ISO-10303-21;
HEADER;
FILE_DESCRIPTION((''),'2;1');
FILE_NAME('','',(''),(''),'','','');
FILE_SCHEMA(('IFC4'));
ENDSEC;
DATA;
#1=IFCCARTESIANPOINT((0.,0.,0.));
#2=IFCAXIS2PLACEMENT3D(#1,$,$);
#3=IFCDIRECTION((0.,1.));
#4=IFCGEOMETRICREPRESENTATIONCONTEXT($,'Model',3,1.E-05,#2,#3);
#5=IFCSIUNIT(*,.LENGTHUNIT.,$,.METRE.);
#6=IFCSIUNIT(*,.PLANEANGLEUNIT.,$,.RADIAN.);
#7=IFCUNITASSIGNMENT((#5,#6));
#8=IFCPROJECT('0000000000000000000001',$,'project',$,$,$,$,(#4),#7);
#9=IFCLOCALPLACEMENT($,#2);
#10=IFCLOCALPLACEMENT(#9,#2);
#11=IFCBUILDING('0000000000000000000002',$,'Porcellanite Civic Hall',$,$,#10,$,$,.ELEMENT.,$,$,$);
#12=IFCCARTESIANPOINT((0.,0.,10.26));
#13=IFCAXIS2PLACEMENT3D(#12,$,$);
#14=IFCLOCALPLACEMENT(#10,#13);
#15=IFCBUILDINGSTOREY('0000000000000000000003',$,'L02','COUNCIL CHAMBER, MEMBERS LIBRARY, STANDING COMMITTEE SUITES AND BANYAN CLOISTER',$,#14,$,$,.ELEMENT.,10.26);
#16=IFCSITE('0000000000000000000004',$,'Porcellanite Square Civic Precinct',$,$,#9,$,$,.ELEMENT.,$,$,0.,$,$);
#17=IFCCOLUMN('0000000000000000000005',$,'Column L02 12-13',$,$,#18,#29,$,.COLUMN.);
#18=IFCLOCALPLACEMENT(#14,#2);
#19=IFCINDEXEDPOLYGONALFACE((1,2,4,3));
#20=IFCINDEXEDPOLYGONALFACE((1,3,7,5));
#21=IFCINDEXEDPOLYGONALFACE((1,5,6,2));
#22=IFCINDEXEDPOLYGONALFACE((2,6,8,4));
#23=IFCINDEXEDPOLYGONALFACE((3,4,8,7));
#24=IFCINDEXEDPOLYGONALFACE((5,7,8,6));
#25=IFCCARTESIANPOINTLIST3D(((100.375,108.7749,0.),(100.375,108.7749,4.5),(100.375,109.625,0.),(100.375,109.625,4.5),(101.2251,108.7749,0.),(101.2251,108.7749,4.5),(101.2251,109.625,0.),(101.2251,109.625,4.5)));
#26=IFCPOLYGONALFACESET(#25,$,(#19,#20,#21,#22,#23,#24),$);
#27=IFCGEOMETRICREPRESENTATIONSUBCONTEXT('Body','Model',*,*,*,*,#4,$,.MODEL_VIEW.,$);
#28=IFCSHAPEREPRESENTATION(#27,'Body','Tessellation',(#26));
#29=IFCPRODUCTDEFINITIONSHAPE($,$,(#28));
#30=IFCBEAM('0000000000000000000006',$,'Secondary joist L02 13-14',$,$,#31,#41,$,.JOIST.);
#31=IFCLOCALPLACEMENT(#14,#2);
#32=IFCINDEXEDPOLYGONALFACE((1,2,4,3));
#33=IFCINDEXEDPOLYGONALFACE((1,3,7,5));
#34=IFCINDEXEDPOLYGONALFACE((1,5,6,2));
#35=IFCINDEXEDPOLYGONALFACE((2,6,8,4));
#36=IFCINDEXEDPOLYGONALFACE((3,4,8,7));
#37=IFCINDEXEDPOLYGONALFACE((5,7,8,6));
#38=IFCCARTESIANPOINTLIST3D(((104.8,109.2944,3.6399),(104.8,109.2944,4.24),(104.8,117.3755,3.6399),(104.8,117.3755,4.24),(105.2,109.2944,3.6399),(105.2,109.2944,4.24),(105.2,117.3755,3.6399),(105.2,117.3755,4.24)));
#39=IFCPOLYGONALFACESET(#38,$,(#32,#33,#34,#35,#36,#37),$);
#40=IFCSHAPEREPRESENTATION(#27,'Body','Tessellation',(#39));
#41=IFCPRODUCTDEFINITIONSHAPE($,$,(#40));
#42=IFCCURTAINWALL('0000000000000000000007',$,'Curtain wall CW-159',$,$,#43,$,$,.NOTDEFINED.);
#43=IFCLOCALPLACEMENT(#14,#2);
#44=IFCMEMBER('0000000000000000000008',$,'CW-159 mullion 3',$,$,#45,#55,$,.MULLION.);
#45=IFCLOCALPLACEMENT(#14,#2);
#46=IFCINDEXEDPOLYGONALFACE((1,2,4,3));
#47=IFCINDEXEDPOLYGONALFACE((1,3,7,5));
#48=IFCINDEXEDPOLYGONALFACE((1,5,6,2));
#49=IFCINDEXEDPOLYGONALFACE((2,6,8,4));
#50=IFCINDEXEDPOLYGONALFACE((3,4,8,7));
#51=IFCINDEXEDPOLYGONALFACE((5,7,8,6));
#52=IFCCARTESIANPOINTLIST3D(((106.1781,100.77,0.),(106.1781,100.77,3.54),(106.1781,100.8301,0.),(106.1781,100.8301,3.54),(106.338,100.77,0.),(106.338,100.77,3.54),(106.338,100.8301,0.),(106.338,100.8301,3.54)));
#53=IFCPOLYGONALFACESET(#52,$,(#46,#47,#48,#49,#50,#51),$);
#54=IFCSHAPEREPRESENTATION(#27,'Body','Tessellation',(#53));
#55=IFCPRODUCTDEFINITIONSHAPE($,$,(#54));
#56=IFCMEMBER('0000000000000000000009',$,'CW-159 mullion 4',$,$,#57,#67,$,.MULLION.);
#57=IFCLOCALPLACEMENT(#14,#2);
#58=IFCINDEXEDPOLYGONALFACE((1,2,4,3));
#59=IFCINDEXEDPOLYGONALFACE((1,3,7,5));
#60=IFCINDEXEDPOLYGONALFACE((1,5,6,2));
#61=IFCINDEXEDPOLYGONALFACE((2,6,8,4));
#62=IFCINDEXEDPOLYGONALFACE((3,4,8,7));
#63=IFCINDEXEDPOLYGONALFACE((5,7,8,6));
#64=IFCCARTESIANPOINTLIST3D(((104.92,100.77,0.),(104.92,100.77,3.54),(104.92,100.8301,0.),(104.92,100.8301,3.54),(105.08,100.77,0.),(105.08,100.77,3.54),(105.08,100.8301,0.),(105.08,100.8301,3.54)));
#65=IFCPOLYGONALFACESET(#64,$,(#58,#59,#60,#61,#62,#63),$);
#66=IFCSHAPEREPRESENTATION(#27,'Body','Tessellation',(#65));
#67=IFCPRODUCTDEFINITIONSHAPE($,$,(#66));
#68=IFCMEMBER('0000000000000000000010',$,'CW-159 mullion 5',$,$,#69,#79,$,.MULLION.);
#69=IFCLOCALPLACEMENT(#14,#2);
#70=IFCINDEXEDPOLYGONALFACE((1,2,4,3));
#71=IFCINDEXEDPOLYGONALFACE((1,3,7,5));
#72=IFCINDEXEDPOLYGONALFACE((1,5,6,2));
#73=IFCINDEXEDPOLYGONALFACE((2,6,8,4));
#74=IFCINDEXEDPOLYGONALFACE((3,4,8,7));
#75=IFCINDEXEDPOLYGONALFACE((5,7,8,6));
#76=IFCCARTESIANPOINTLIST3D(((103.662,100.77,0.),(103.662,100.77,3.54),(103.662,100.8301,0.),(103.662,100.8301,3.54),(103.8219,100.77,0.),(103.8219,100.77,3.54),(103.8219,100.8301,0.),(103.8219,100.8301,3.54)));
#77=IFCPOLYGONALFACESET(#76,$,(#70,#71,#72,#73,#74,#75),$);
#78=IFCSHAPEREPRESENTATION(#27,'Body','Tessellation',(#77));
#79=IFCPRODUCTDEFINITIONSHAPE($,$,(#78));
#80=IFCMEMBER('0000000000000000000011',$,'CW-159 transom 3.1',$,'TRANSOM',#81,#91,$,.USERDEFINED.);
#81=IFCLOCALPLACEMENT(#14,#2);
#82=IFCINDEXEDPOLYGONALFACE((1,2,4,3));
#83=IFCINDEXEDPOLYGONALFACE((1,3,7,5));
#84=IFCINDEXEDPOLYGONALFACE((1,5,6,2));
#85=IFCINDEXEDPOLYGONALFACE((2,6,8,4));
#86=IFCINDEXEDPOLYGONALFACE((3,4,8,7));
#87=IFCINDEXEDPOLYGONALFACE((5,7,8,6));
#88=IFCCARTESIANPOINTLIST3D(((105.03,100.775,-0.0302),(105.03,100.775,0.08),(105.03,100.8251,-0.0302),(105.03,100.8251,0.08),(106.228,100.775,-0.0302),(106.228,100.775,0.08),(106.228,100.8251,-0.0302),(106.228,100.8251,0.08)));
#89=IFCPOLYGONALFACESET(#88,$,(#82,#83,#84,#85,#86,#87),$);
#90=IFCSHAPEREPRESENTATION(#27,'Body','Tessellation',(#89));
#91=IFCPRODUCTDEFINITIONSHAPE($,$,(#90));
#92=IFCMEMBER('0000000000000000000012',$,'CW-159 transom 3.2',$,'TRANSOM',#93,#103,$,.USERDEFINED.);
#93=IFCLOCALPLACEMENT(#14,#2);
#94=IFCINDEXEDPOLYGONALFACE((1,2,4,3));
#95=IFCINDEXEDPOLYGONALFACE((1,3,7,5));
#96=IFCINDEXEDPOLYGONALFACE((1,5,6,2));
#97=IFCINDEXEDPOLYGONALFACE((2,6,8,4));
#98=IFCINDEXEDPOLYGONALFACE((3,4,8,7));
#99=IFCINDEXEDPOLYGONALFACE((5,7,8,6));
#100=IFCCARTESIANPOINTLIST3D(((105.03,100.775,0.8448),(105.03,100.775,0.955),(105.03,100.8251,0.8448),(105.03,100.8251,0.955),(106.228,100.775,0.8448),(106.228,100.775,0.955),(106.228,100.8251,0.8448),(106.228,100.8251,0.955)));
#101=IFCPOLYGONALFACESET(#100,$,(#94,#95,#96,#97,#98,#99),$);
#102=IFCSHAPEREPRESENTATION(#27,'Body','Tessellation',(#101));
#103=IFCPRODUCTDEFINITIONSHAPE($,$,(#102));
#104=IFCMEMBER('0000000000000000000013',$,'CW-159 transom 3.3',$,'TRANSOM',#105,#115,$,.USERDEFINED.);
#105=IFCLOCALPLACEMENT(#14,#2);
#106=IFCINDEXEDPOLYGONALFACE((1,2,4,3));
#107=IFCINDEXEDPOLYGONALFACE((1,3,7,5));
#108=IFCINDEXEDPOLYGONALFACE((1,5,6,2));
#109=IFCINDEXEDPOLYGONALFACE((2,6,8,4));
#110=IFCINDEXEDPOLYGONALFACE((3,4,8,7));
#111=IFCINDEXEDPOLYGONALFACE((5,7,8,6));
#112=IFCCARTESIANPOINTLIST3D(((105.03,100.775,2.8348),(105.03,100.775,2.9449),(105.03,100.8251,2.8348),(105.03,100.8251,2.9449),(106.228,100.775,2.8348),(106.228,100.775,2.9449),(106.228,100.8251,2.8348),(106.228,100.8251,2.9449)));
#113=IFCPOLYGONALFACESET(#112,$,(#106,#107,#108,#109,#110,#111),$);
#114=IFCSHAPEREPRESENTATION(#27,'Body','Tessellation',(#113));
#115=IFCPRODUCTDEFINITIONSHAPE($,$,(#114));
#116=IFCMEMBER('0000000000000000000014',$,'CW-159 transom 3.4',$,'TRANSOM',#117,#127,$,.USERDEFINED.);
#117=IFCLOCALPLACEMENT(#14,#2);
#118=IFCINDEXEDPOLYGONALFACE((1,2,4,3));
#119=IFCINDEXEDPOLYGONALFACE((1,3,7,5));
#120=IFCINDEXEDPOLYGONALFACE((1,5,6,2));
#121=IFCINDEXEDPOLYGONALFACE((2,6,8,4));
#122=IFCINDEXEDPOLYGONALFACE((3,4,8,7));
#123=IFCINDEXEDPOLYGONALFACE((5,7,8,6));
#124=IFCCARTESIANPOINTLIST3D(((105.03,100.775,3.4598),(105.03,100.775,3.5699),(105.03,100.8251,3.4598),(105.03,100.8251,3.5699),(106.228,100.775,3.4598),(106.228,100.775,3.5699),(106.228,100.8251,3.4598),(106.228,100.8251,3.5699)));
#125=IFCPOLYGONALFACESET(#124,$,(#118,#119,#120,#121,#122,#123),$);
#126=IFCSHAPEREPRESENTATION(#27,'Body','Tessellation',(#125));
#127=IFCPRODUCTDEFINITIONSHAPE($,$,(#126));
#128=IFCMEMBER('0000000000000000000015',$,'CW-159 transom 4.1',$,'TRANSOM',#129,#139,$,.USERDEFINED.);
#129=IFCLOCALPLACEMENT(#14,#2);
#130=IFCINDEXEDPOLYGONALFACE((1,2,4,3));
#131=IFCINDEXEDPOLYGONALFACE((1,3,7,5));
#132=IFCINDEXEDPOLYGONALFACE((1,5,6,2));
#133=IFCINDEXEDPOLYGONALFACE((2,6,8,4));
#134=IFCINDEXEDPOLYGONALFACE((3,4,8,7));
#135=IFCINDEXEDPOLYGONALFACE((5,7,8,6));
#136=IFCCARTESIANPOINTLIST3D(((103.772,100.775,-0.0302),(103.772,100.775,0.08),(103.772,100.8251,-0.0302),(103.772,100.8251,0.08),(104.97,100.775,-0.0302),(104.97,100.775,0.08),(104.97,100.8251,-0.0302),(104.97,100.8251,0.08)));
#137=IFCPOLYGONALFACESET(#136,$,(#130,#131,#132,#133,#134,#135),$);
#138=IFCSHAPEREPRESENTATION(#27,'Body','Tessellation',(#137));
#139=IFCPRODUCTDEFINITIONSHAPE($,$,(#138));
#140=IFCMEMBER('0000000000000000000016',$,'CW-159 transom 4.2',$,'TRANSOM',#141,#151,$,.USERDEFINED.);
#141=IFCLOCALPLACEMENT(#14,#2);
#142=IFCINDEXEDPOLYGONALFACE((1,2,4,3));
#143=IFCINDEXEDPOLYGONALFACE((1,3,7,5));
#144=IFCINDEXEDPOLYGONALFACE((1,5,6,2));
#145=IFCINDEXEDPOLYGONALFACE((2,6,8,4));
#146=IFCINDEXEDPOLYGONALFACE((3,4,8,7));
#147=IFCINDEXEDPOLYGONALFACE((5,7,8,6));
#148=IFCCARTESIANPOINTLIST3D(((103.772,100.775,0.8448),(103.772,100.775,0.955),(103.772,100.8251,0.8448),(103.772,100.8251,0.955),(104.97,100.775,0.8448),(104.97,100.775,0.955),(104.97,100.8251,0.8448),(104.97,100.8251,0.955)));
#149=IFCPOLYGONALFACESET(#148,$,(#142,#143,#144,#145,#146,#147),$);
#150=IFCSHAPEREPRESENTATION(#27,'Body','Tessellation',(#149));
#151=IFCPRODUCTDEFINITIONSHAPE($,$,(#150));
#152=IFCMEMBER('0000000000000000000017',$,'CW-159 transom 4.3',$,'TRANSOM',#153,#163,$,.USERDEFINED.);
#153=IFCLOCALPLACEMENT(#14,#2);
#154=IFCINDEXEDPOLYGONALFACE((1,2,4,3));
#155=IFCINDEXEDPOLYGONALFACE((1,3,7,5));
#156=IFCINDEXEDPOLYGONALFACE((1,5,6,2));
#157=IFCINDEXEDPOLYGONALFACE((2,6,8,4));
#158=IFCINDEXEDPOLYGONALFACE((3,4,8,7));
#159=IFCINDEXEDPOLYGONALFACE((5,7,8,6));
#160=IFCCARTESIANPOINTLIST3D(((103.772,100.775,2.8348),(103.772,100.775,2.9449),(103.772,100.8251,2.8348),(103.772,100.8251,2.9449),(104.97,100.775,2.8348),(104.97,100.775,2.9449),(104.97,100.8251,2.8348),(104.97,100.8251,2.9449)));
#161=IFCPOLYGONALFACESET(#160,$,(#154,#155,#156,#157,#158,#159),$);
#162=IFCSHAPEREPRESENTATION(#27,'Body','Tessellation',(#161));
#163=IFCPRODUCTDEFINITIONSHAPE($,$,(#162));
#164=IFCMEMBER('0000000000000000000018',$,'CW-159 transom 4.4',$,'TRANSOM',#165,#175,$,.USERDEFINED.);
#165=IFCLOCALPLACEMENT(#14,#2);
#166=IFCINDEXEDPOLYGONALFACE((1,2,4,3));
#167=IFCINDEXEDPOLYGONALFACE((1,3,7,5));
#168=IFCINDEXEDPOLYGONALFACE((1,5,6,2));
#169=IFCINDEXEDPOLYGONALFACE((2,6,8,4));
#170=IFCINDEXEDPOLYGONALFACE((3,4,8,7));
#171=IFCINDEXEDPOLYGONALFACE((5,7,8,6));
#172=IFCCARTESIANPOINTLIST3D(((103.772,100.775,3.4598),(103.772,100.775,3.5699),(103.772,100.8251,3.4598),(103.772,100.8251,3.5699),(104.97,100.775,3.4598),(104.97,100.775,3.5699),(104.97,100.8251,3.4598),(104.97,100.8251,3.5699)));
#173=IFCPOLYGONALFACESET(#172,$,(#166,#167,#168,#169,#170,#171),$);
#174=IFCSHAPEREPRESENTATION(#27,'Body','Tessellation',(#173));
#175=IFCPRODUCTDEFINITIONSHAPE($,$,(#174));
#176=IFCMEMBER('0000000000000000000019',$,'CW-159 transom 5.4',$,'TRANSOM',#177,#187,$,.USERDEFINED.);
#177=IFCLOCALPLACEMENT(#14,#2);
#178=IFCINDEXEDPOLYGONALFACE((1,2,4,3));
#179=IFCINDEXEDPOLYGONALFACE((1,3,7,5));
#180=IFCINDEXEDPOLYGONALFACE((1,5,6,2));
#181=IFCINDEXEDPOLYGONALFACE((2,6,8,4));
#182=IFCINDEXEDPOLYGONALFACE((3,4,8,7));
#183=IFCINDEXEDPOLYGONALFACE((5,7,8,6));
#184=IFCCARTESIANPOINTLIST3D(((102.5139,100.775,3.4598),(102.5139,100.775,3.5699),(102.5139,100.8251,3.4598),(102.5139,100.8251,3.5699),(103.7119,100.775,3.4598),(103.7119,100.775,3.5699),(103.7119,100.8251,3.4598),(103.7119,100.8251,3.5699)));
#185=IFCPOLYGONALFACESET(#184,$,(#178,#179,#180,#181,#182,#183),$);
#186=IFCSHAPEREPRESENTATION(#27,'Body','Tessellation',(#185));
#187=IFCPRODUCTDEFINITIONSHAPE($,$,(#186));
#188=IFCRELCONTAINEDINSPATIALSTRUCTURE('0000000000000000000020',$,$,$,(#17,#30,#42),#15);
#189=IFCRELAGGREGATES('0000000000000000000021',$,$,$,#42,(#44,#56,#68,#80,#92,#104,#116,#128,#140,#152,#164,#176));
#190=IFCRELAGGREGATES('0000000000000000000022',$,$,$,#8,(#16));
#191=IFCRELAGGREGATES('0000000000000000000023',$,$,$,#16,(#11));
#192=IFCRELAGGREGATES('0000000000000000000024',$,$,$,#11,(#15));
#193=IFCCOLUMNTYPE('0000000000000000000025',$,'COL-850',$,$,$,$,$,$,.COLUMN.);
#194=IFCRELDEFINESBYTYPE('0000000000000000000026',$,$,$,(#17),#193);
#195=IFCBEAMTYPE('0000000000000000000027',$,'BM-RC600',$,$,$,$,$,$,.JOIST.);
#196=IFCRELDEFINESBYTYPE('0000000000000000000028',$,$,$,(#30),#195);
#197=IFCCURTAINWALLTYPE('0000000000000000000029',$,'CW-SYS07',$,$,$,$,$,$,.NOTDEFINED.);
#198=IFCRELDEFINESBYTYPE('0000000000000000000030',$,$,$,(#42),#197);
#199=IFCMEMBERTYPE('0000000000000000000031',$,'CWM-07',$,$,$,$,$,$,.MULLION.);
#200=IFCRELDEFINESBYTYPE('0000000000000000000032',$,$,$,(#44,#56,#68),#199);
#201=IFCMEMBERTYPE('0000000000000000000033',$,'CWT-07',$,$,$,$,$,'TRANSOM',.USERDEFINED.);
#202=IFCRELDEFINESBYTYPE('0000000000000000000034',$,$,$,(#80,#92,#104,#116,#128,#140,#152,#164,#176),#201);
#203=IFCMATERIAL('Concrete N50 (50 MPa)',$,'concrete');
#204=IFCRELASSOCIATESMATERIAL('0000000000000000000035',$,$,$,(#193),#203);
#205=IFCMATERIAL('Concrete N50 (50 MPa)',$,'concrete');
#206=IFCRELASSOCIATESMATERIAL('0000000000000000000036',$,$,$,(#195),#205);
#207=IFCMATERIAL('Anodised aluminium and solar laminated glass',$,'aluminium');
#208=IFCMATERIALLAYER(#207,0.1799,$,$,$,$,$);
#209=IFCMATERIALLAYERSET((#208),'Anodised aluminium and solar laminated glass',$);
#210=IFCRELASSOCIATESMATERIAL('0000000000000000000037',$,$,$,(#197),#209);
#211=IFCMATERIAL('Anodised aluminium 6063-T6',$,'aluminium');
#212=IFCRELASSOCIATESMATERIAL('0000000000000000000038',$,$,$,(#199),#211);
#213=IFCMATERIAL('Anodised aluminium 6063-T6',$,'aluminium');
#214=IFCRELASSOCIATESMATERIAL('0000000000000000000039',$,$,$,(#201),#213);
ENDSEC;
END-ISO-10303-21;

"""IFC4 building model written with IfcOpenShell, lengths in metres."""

from ifc_helpers import new_model, si_unit, direction, frame, origin, origin_2d, place, context, subcontext, project, spatial, rectangle, extrude, material, layer, layer_set, material_profile, profile_set, type_object, element, aggregate, save


model = new_model("IFC4")

# Units and contexts
model_context = context("Model", 3, precision=1e-05, world=origin(), true_north=direction((0.0, 1.0)))
body_context = subcontext(model_context, "Body", "Model", "MODEL_VIEW")
ifc_project = project(units=[si_unit("LENGTHUNIT", "METRE"), si_unit("PLANEANGLEUNIT", "RADIAN")], contexts=[model_context])

# Site, building, storey
site_placement = place(None, origin())
site = spatial("IfcSite", under=ifc_project, at=site_placement, Name="Porcellanite Square Civic Precinct", CompositionType="ELEMENT", RefElevation=0.0)
building_placement = place(site_placement, origin())
building = spatial("IfcBuilding", under=site, at=building_placement, Name="Porcellanite Civic Hall", CompositionType="ELEMENT")
storey_placement = place(building_placement, frame((0.0, 0.0, 10.26)))
storey = spatial("IfcBuildingStorey", under=building, at=storey_placement, Name="L02", Description="COUNCIL CHAMBER, MEMBERS LIBRARY, STANDING COMMITTEE SUITES AND BANYAN CLOISTER", CompositionType="ELEMENT", Elevation=10.26)

# Column
ifc_material_1 = material(Name="Concrete N50 (50 MPa)", Category="concrete")
ifc_material_profile_1 = material_profile(ifc_material_1, rectangle(XDim=0.8501, YDim=0.8501, at=origin_2d()), Name="RC-850x850")
ifc_profile_set_1 = profile_set([ifc_material_profile_1], Name="Concrete N50 (50 MPa)")
column_type = type_object("IfcColumnType", Name="COL-850", PredefinedType="COLUMN", material=ifc_profile_set_1)
column_placement = place(storey_placement, frame((100.8, 109.2, 0.0), z_axis=(0.0, 0.0, 1.0), x_axis=(1.0, 0.0, 0.0)))
element("IfcColumn", 1, at=column_placement, inside=storey, type_object=column_type, Name="Column L02 12-13", PredefinedType="COLUMN", context=body_context, shape_type="SweptSolid", body=[
    extrude(rectangle(XDim=0.8501, YDim=0.8501, at=origin_2d()), origin(), (0.0, 0.0, 1.0), 4.5),
])

# Beam
ifc_material_2 = material(Name="Concrete N50 (50 MPa)", Category="concrete")
ifc_material_profile_2 = material_profile(ifc_material_2, rectangle(XDim=0.3999, YDim=0.6001, at=origin_2d()), Name="RC-400x600")
ifc_profile_set_2 = profile_set([ifc_material_profile_2], Name="Concrete N50 (50 MPa)")
beam_type_1 = type_object("IfcBeamType", Name="BM-RC600", PredefinedType="JOIST", material=ifc_profile_set_2)
beam_1_placement = place(storey_placement, frame((105.0, 109.2944, 3.9399), z_axis=(0.0, 1.0, 0.0), x_axis=(-1.0, 0.0, 0.0)))
element("IfcBeam", 2, at=beam_1_placement, inside=storey, type_object=beam_type_1, Name="Secondary joist L02 13-14", PredefinedType="JOIST", context=body_context, shape_type="SweptSolid", body=[
    extrude(rectangle(XDim=0.3999, YDim=0.6001, at=origin_2d()), origin(), (0.0, 0.0, 1.0), 8.0811),
])

# Curtain wall, members
ifc_material_3 = material(Name="Anodised aluminium and solar laminated glass", Category="aluminium")
ifc_layer_1 = layer(ifc_material_3, 0.1799)
ifc_layer_set_1 = layer_set([ifc_layer_1], Name="Anodised aluminium and solar laminated glass")
curtain_wall_type = type_object("IfcCurtainWallType", Name="CW-SYS07", PredefinedType="NOTDEFINED", material=ifc_layer_set_1)
curtain_wall_placement = place(storey_placement, origin())
curtain_wall = element("IfcCurtainWall", 3, at=curtain_wall_placement, inside=storey, type_object=curtain_wall_type, Name="Curtain wall CW-159", PredefinedType="NOTDEFINED")
ifc_material_4 = material(Name="Anodised aluminium 6063-T6", Category="aluminium")
ifc_material_profile_3 = material_profile(ifc_material_4, rectangle(XDim=0.0601, YDim=0.1599, at=origin_2d()), Name="AL-60x160")
ifc_profile_set_3 = profile_set([ifc_material_profile_3], Name="Anodised aluminium 6063-T6")
member_type_1 = type_object("IfcMemberType", Name="CWM-07", PredefinedType="MULLION", material=ifc_profile_set_3)
member_1_placement = place(storey_placement, frame((106.2581, 100.8, 0.0), z_axis=(0.0, 0.0, 1.0), x_axis=(0.0, -1.0, 0.0)))
member_1 = element("IfcMember", 4, at=member_1_placement, type_object=member_type_1, Name="CW-159 mullion 3", PredefinedType="MULLION", context=body_context, shape_type="SweptSolid", body=[
    extrude(rectangle(XDim=0.0601, YDim=0.1599, at=origin_2d()), origin(), (0.0, 0.0, 1.0), 3.54),
])
member_2_placement = place(storey_placement, frame((105.0, 100.8, 0.0), z_axis=(0.0, 0.0, 1.0), x_axis=(0.0, -1.0, 0.0)))
member_2 = element("IfcMember", 5, at=member_2_placement, type_object=member_type_1, Name="CW-159 mullion 4", PredefinedType="MULLION", context=body_context, shape_type="SweptSolid", body=[
    extrude(rectangle(XDim=0.0601, YDim=0.1599, at=origin_2d()), origin(), (0.0, 0.0, 1.0), 3.54),
])
member_3_placement = place(storey_placement, frame((103.7419, 100.8, 0.0), z_axis=(0.0, 0.0, 1.0), x_axis=(0.0, -1.0, 0.0)))
member_3 = element("IfcMember", 6, at=member_3_placement, type_object=member_type_1, Name="CW-159 mullion 5", PredefinedType="MULLION", context=body_context, shape_type="SweptSolid", body=[
    extrude(rectangle(XDim=0.0601, YDim=0.1599, at=origin_2d()), origin(), (0.0, 0.0, 1.0), 3.54),
])
ifc_material_5 = material(Name="Anodised aluminium 6063-T6", Category="aluminium")
ifc_material_profile_4 = material_profile(ifc_material_5, rectangle(XDim=0.05, YDim=0.1101, at=origin_2d()), Name="AL-50x110")
ifc_profile_set_4 = profile_set([ifc_material_profile_4], Name="Anodised aluminium 6063-T6")
member_type_2 = type_object("IfcMemberType", Name="CWT-07", ElementType="TRANSOM", PredefinedType="USERDEFINED", material=ifc_profile_set_4)
member_4_placement = place(storey_placement, frame((106.228, 100.8, 0.0249), z_axis=(-1.0, 0.0, 0.0), x_axis=(0.0, -1.0, 0.0)))
member_4 = element("IfcMember", 7, at=member_4_placement, type_object=member_type_2, Name="CW-159 transom 3.1", ObjectType="TRANSOM", PredefinedType="USERDEFINED", context=body_context, shape_type="SweptSolid", body=[
    extrude(rectangle(XDim=0.05, YDim=0.1101, at=origin_2d()), origin(), (0.0, 0.0, 1.0), 1.198),
])
member_5_placement = place(storey_placement, frame((106.228, 100.8, 0.8999), z_axis=(-1.0, 0.0, 0.0), x_axis=(0.0, -1.0, 0.0)))
member_5 = element("IfcMember", 8, at=member_5_placement, type_object=member_type_2, Name="CW-159 transom 3.2", ObjectType="TRANSOM", PredefinedType="USERDEFINED", context=body_context, shape_type="SweptSolid", body=[
    extrude(rectangle(XDim=0.05, YDim=0.1101, at=origin_2d()), origin(), (0.0, 0.0, 1.0), 1.198),
])
member_6_placement = place(storey_placement, frame((106.228, 100.8, 2.8899), z_axis=(-1.0, 0.0, 0.0), x_axis=(0.0, -1.0, 0.0)))
member_6 = element("IfcMember", 9, at=member_6_placement, type_object=member_type_2, Name="CW-159 transom 3.3", ObjectType="TRANSOM", PredefinedType="USERDEFINED", context=body_context, shape_type="SweptSolid", body=[
    extrude(rectangle(XDim=0.05, YDim=0.1101, at=origin_2d()), origin(), (0.0, 0.0, 1.0), 1.198),
])
member_7_placement = place(storey_placement, frame((106.228, 100.8, 3.5149), z_axis=(-1.0, 0.0, 0.0), x_axis=(0.0, -1.0, 0.0)))
member_7 = element("IfcMember", 10, at=member_7_placement, type_object=member_type_2, Name="CW-159 transom 3.4", ObjectType="TRANSOM", PredefinedType="USERDEFINED", context=body_context, shape_type="SweptSolid", body=[
    extrude(rectangle(XDim=0.05, YDim=0.1101, at=origin_2d()), origin(), (0.0, 0.0, 1.0), 1.198),
])
member_8_placement = place(storey_placement, frame((104.97, 100.8, 0.0249), z_axis=(-1.0, 0.0, 0.0), x_axis=(0.0, -1.0, 0.0)))
member_8 = element("IfcMember", 11, at=member_8_placement, type_object=member_type_2, Name="CW-159 transom 4.1", ObjectType="TRANSOM", PredefinedType="USERDEFINED", context=body_context, shape_type="SweptSolid", body=[
    extrude(rectangle(XDim=0.05, YDim=0.1101, at=origin_2d()), origin(), (0.0, 0.0, 1.0), 1.198),
])
member_9_placement = place(storey_placement, frame((104.97, 100.8, 0.8999), z_axis=(-1.0, 0.0, 0.0), x_axis=(0.0, -1.0, 0.0)))
member_9 = element("IfcMember", 12, at=member_9_placement, type_object=member_type_2, Name="CW-159 transom 4.2", ObjectType="TRANSOM", PredefinedType="USERDEFINED", context=body_context, shape_type="SweptSolid", body=[
    extrude(rectangle(XDim=0.05, YDim=0.1101, at=origin_2d()), origin(), (0.0, 0.0, 1.0), 1.198),
])
member_10_placement = place(storey_placement, frame((104.97, 100.8, 2.8899), z_axis=(-1.0, 0.0, 0.0), x_axis=(0.0, -1.0, 0.0)))
member_10 = element("IfcMember", 13, at=member_10_placement, type_object=member_type_2, Name="CW-159 transom 4.3", ObjectType="TRANSOM", PredefinedType="USERDEFINED", context=body_context, shape_type="SweptSolid", body=[
    extrude(rectangle(XDim=0.05, YDim=0.1101, at=origin_2d()), origin(), (0.0, 0.0, 1.0), 1.198),
])
member_11_placement = place(storey_placement, frame((104.97, 100.8, 3.5149), z_axis=(-1.0, 0.0, 0.0), x_axis=(0.0, -1.0, 0.0)))
member_11 = element("IfcMember", 14, at=member_11_placement, type_object=member_type_2, Name="CW-159 transom 4.4", ObjectType="TRANSOM", PredefinedType="USERDEFINED", context=body_context, shape_type="SweptSolid", body=[
    extrude(rectangle(XDim=0.05, YDim=0.1101, at=origin_2d()), origin(), (0.0, 0.0, 1.0), 1.198),
])
member_12_placement = place(storey_placement, frame((103.7119, 100.8, 3.5149), z_axis=(-1.0, 0.0, 0.0), x_axis=(0.0, -1.0, 0.0)))
member_12 = element("IfcMember", 15, at=member_12_placement, type_object=member_type_2, Name="CW-159 transom 5.4", ObjectType="TRANSOM", PredefinedType="USERDEFINED", context=body_context, shape_type="SweptSolid", body=[
    extrude(rectangle(XDim=0.05, YDim=0.1101, at=origin_2d()), origin(), (0.0, 0.0, 1.0), 1.198),
])

aggregate(curtain_wall, [member_1, member_2, member_3, member_4, member_5, member_6, member_7, member_8, member_9, member_10, member_11, member_12])

save(model, "model.ifc")
